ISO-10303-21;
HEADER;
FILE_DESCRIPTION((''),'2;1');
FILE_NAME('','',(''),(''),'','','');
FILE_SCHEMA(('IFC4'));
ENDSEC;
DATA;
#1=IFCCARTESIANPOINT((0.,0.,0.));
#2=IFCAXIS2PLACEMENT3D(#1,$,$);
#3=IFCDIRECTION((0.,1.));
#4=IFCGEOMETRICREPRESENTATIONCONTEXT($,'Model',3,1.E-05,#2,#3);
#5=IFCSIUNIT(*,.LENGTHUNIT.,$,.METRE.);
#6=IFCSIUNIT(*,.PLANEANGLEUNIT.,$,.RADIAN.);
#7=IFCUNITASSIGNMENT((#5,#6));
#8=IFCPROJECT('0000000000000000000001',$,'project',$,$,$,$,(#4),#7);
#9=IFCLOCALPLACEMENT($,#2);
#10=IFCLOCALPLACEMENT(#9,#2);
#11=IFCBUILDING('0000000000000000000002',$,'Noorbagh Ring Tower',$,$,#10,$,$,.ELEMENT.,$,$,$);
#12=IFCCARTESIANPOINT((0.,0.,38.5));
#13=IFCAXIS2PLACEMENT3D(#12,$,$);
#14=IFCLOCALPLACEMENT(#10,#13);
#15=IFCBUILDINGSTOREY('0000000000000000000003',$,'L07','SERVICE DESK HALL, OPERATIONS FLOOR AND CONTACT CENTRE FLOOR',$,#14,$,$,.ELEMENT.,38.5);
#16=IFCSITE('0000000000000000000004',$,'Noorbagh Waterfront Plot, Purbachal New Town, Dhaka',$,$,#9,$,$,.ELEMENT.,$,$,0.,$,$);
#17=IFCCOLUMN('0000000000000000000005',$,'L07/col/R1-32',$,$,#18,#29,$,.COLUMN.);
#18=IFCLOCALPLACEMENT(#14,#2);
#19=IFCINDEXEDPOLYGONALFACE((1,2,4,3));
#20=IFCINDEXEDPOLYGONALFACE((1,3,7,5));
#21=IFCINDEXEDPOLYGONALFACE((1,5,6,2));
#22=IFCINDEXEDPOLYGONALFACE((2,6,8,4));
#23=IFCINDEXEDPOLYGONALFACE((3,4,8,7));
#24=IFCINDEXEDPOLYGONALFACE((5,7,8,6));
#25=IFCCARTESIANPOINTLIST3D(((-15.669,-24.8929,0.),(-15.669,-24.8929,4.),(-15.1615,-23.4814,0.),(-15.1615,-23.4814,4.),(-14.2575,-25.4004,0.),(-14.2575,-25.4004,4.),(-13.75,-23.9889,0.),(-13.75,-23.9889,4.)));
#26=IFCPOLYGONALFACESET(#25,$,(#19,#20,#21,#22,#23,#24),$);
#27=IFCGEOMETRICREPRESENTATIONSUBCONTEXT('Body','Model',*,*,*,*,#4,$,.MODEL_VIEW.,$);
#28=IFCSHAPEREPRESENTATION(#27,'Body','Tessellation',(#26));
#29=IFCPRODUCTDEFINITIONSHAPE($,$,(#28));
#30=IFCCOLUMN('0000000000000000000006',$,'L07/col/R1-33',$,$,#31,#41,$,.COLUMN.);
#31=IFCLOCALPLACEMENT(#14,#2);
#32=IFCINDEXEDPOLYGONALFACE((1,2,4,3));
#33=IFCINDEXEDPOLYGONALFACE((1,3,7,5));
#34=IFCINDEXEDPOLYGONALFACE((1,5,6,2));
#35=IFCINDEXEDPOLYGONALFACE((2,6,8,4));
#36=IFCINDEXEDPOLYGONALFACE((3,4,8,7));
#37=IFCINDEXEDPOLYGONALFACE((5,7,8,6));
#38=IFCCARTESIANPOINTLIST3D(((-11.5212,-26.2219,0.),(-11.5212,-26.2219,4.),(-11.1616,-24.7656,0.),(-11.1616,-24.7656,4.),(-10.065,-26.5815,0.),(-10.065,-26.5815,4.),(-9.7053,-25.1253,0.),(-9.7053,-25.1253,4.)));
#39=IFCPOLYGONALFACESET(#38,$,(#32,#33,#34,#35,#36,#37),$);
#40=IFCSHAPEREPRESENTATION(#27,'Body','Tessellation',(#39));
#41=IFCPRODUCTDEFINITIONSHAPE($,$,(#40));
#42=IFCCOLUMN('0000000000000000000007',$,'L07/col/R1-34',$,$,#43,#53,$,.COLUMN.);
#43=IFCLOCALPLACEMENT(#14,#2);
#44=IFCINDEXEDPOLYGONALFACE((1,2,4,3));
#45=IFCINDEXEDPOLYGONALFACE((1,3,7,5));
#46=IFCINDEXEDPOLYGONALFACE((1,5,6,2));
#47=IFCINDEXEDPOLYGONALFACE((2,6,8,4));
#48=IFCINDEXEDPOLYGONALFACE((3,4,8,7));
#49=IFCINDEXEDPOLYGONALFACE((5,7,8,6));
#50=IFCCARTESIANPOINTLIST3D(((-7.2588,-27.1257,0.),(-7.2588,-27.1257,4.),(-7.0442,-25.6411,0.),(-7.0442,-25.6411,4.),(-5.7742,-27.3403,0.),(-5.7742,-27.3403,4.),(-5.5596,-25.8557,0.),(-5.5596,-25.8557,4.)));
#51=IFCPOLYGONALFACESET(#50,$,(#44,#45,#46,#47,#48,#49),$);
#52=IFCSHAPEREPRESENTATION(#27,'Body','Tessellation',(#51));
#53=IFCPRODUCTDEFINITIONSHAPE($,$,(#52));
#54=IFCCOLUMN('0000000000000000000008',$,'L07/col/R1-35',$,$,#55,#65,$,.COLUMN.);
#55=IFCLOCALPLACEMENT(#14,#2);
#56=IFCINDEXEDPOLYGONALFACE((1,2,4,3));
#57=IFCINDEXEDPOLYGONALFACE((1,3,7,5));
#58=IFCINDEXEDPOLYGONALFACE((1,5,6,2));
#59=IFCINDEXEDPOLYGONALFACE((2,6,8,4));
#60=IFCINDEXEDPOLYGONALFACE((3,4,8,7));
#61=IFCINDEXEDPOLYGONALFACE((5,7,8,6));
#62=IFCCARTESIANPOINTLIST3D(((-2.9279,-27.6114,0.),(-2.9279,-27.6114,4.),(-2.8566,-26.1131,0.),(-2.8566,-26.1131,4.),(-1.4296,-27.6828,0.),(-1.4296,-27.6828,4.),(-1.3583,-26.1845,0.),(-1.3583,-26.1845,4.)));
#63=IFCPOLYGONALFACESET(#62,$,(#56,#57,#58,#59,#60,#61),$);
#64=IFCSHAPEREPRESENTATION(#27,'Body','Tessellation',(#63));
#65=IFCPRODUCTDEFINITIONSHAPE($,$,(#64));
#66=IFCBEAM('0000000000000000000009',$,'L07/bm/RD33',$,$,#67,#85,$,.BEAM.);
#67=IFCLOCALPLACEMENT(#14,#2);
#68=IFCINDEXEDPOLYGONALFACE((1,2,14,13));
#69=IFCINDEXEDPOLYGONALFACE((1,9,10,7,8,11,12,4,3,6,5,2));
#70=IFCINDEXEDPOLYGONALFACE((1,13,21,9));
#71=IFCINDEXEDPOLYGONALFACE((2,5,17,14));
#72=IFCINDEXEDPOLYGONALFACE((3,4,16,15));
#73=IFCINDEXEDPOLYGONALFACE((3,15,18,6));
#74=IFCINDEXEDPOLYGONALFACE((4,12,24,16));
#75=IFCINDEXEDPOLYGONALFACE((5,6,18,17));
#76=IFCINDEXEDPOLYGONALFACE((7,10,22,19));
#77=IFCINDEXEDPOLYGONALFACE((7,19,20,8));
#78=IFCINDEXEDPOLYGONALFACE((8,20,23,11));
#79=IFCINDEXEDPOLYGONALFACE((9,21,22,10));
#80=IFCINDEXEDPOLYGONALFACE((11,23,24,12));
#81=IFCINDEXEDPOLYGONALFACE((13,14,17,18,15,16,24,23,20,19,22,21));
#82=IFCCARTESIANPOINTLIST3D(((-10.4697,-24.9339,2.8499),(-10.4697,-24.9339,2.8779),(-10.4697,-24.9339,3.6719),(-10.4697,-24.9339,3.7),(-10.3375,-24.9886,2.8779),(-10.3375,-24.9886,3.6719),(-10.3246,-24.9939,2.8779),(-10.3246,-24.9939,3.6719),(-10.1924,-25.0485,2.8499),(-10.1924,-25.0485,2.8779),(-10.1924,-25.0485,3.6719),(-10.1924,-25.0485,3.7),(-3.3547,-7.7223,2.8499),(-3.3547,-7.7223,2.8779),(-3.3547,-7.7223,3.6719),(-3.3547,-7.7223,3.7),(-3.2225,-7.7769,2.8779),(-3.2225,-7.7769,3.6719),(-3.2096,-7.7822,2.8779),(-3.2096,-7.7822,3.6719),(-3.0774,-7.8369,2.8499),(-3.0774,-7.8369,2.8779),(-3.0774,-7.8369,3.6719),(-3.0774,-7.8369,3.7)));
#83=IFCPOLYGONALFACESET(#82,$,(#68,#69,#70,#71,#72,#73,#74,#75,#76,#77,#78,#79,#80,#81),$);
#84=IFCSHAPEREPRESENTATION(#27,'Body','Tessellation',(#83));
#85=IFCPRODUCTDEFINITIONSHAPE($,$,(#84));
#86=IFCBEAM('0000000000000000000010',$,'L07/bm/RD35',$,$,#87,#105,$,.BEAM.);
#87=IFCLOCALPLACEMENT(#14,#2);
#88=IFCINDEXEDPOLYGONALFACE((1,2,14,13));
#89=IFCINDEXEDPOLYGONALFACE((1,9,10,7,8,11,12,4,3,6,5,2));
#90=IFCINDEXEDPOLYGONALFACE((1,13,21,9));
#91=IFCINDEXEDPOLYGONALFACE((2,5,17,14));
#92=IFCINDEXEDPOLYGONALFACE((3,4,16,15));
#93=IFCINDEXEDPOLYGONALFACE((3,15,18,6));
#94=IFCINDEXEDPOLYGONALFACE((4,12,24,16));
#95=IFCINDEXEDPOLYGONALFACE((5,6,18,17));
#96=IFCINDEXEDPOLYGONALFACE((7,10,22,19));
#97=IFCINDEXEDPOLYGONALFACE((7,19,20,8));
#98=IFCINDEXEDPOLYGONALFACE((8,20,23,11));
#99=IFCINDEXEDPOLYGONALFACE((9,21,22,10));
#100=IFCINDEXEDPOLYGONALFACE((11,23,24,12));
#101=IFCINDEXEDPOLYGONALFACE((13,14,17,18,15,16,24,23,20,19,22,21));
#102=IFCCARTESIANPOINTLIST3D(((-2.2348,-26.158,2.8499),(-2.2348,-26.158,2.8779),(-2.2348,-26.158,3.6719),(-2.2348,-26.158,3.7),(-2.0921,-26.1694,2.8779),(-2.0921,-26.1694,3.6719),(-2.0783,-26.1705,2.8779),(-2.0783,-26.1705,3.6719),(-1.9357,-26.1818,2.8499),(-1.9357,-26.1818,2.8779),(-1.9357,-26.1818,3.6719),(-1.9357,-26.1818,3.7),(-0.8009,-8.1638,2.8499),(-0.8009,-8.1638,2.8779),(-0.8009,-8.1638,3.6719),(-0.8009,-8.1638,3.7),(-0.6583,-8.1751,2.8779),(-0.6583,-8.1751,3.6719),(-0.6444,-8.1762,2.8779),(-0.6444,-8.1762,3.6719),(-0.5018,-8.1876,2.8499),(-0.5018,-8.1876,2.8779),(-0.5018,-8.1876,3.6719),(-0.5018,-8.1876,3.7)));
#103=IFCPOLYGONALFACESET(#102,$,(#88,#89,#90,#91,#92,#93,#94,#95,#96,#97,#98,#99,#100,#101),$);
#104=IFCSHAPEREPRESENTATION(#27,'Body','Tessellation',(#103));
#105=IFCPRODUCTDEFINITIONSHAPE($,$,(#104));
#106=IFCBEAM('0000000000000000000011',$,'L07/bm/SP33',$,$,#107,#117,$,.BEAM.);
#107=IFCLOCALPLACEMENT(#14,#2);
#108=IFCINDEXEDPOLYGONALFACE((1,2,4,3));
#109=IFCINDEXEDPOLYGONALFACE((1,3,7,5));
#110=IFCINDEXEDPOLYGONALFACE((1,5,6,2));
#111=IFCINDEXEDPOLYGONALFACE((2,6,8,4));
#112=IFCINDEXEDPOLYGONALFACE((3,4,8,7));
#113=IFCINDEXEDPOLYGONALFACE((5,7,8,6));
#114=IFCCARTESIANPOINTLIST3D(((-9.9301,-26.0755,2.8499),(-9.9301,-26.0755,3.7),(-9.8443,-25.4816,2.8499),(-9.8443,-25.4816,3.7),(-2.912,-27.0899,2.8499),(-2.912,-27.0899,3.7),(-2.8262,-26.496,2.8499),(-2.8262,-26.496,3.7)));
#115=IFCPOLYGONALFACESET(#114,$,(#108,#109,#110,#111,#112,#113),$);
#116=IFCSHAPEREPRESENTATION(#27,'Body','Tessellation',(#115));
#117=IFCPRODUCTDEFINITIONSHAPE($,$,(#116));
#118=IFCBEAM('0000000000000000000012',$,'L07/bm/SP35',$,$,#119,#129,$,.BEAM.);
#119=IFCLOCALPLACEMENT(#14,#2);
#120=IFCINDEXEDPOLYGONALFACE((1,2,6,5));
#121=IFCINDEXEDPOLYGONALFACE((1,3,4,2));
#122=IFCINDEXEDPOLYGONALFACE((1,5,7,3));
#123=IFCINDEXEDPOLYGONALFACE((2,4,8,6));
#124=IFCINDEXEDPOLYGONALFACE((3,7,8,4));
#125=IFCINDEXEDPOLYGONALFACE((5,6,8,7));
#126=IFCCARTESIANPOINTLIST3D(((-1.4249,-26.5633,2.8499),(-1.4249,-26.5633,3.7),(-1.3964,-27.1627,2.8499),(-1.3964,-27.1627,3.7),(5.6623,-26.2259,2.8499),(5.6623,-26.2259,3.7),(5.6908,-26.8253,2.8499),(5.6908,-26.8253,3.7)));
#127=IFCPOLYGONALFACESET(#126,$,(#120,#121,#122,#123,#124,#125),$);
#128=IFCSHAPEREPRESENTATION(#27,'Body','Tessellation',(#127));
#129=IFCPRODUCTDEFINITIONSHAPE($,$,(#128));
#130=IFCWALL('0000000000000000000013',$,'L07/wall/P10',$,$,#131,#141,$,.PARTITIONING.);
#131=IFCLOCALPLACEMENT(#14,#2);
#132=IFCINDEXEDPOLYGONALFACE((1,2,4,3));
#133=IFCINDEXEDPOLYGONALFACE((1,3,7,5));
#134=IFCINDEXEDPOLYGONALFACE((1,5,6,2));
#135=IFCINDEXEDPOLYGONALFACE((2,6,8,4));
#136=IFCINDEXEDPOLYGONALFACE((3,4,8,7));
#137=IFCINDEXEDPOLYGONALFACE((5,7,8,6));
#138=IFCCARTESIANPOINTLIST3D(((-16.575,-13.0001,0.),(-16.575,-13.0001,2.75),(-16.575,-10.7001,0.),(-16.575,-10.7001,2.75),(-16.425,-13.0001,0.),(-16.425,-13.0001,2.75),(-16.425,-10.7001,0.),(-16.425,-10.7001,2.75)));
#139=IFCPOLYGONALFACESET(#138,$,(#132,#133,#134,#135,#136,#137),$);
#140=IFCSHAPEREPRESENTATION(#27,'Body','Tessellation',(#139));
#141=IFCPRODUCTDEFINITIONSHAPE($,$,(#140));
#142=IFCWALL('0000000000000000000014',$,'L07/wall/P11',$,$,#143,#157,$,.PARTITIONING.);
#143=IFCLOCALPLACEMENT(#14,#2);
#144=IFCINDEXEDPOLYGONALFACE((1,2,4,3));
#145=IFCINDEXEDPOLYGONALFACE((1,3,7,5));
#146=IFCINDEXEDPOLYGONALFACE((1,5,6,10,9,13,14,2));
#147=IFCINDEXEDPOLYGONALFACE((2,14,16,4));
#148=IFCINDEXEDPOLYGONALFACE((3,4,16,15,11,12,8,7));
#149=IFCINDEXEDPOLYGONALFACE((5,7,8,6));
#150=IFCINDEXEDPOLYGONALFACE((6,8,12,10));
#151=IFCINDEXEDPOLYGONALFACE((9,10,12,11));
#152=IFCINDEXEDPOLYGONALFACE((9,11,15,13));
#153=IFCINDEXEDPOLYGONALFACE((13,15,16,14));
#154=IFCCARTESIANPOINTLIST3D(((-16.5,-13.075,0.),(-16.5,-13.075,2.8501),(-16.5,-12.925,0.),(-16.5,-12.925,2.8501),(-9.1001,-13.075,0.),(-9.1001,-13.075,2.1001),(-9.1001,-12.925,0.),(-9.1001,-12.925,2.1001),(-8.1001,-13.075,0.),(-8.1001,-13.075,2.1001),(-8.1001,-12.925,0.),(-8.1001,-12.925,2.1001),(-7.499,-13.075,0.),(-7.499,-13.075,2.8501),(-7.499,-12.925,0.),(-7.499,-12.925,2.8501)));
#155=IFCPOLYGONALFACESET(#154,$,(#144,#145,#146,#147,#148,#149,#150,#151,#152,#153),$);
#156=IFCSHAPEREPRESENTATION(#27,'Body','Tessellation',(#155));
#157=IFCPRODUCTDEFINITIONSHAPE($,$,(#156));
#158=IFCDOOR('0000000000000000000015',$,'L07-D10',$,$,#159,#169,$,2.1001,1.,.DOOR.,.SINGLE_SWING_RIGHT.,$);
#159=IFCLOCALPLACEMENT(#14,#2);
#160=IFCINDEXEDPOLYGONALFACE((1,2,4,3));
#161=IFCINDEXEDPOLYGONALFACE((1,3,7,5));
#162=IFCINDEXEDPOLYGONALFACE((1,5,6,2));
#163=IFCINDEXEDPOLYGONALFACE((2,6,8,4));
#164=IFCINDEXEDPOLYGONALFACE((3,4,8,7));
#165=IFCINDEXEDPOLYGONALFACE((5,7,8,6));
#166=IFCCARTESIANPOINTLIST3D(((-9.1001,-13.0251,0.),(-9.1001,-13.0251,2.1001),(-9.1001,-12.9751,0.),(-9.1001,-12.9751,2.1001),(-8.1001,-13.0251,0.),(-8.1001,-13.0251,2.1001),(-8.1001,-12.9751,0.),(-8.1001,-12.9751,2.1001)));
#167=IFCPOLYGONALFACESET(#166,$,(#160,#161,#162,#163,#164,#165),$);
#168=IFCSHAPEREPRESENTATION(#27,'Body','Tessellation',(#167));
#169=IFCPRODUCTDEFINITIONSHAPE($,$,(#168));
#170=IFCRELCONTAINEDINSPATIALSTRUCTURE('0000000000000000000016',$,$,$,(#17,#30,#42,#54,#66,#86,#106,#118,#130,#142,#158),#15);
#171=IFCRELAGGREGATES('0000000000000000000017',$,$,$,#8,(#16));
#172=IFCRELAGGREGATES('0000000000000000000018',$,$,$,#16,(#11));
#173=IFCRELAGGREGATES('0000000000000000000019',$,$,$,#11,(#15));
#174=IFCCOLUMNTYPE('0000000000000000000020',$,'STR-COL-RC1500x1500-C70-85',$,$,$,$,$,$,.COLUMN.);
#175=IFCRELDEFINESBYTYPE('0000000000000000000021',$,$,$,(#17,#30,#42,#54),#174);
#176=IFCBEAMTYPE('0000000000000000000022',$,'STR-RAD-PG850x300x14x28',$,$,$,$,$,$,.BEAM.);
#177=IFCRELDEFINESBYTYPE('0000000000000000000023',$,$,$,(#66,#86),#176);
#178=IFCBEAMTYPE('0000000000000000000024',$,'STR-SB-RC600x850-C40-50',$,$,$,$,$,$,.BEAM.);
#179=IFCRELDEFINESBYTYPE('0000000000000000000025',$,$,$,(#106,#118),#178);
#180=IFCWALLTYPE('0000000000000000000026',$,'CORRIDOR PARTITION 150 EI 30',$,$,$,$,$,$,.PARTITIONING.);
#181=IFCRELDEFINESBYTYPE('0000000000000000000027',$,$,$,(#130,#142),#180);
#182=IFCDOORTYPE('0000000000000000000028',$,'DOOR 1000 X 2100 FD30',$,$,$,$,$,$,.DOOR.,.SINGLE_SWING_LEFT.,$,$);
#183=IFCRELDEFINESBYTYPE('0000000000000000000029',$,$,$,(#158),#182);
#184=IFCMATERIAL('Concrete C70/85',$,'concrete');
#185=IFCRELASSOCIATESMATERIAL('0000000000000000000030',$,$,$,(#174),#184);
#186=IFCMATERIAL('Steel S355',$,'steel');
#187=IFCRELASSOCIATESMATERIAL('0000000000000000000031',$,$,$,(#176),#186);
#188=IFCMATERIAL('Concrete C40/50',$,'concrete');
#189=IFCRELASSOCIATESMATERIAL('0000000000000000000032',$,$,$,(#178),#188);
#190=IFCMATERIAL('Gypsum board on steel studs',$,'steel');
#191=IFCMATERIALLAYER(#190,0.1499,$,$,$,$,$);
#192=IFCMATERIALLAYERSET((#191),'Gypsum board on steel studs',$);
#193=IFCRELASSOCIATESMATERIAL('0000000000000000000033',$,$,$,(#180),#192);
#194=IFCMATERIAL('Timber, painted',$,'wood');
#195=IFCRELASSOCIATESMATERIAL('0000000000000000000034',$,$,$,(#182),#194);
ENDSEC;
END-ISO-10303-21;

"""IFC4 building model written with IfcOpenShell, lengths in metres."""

from ifc_helpers import new_model, si_unit, direction, frame, frame_2d, origin, origin_2d, place, context, subcontext, project, spatial, rectangle, i_section, extrude, material, layer, layer_set, material_profile, profile_set, type_object, element, fill, save


model = new_model("IFC4")

# Units and contexts
model_context = context("Model", 3, precision=1e-05, world=origin(), true_north=direction((0.0, 1.0)))
body_context = subcontext(model_context, "Body", "Model", "MODEL_VIEW")
ifc_project = project(units=[si_unit("LENGTHUNIT", "METRE"), si_unit("PLANEANGLEUNIT", "RADIAN")], contexts=[model_context])

# Site, building, storey
site_placement = place(None, origin())
site = spatial("IfcSite", under=ifc_project, at=site_placement, Name="Noorbagh Waterfront Plot, Purbachal New Town, Dhaka", CompositionType="ELEMENT", RefElevation=0.0)
building_placement = place(site_placement, origin())
building = spatial("IfcBuilding", under=site, at=building_placement, Name="Noorbagh Ring Tower", CompositionType="ELEMENT")
storey_placement = place(building_placement, frame((0.0, 0.0, 38.5)))
storey = spatial("IfcBuildingStorey", under=building, at=storey_placement, Name="L07", Description="SERVICE DESK HALL, OPERATIONS FLOOR AND CONTACT CENTRE FLOOR", CompositionType="ELEMENT", Elevation=38.5)

# Columns
ifc_material_1 = material(Name="Concrete C70/85", Category="concrete")
ifc_material_profile_1 = material_profile(ifc_material_1, rectangle(XDim=1.5, YDim=1.5, at=origin_2d()), Name="RC1500x1500")
ifc_profile_set_1 = profile_set([ifc_material_profile_1], Name="Concrete C70/85")
column_type = type_object("IfcColumnType", Name="STR-COL-RC1500x1500-C70-85", PredefinedType="COLUMN", material=ifc_profile_set_1)
for number, where, z_axis, x_axis, name in (
    (1, (-14.7095, -24.4409, 0.0), (0.0, 0.0, 1.0), (0.941025, -0.338338, 0.0), "L07/col/R1-32"),
    (2, (-10.6133, -25.6736, 0.0), (0.0, 0.0, 1.0), (0.970829, -0.239771, 0.0), "L07/col/R1-33"),
    (3, (-6.4092, -26.4907, 0.0), (0.0, 0.0, 1.0), (0.989713, -0.143066, 0.0), "L07/col/R1-34"),
    (4, (-2.1431, -26.8979, 0.0), (0.0, 0.0, 1.0), (0.998869, -0.047553, 0.0), "L07/col/R1-35"),
):
    element("IfcColumn", number, at=place(storey_placement, frame(where, z_axis=z_axis, x_axis=x_axis)), inside=storey, type_object=column_type, Name=name, PredefinedType="COLUMN", context=body_context, shape_type="SweptSolid", body=[
        extrude(rectangle(XDim=1.5, YDim=1.5, at=origin_2d()), origin(), (0.0, 0.0, 1.0), 4.0),
    ])

# Beams
ifc_material_2 = material(Name="Steel S355", Category="steel")
ifc_material_profile_2 = material_profile(ifc_material_2, i_section(OverallWidth=0.3, OverallDepth=0.8501, WebThickness=0.0139, FlangeThickness=0.0281, at=origin_2d()), Name="PG850x300x14x28")
ifc_profile_set_2 = profile_set([ifc_material_profile_2], Name="Steel S355")
beam_type_1 = type_object("IfcBeamType", Name="STR-RAD-PG850x300x14x28", PredefinedType="BEAM", material=ifc_profile_set_2)
beam_1_placement = place(storey_placement, frame((-10.3311, -24.9912, 3.2749), z_axis=(0.382027, 0.924151, 0.0), x_axis=(-0.924151, 0.382027, 0.0)))
element("IfcBeam", 5, at=beam_1_placement, inside=storey, type_object=beam_type_1, Name="L07/bm/RD33", PredefinedType="BEAM", context=body_context, shape_type="SweptSolid", body=[
    extrude(i_section(OverallWidth=0.3, OverallDepth=0.8501, WebThickness=0.0139, FlangeThickness=0.0281, at=origin_2d()), origin(), (0.0, 0.0, 1.0), 18.6243),
])
beam_2_placement = place(storey_placement, frame((-2.0852, -26.1699, 3.2749), z_axis=(0.079432, 0.99684, 0.0), x_axis=(-0.99684, 0.079432, 0.0)))
element("IfcBeam", 6, at=beam_2_placement, inside=storey, type_object=beam_type_1, Name="L07/bm/RD35", PredefinedType="BEAM", context=body_context, shape_type="SweptSolid", body=[
    extrude(i_section(OverallWidth=0.3, OverallDepth=0.8501, WebThickness=0.0139, FlangeThickness=0.0281, at=origin_2d()), origin(), (0.0, 0.0, 1.0), 18.0513),
])
ifc_material_3 = material(Name="Concrete C40/50", Category="concrete")
ifc_material_profile_3 = material_profile(ifc_material_3, rectangle(XDim=0.6001, YDim=0.8501, at=origin_2d()), Name="RC600x850")
ifc_profile_set_3 = profile_set([ifc_material_profile_3], Name="Concrete C40/50")
beam_type_2 = type_object("IfcBeamType", Name="STR-SB-RC600x850-C40-50", PredefinedType="BEAM", material=ifc_profile_set_3)
beam_3_placement = place(storey_placement, frame((-9.8872, -25.7786, 3.2749), z_axis=(0.989715, -0.143055, 0.0), x_axis=(0.143055, 0.989715, 0.0)))
element("IfcBeam", 7, at=beam_3_placement, inside=storey, type_object=beam_type_2, Name="L07/bm/SP33", PredefinedType="BEAM", context=body_context, shape_type="SweptSolid", body=[
    extrude(rectangle(XDim=0.6001, YDim=0.8501, at=origin_2d()), origin(), (0.0, 0.0, 1.0), 7.0911),
])
beam_4_placement = place(storey_placement, frame((-1.4106, -26.863, 3.2749), z_axis=(0.998869, 0.047554, 0.0), x_axis=(-0.047554, 0.998869, 0.0)))
element("IfcBeam", 8, at=beam_4_placement, inside=storey, type_object=beam_type_2, Name="L07/bm/SP35", PredefinedType="BEAM", context=body_context, shape_type="SweptSolid", body=[
    extrude(rectangle(XDim=0.6001, YDim=0.8501, at=origin_2d()), origin(), (0.0, 0.0, 1.0), 7.0952),
])

# Wall
ifc_material_4 = material(Name="Gypsum board on steel studs", Category="steel")
ifc_layer_1 = layer(ifc_material_4, 0.1499)
ifc_layer_set_1 = layer_set([ifc_layer_1], Name="Gypsum board on steel studs")
wall_type_1 = type_object("IfcWallType", Name="CORRIDOR PARTITION 150 EI 30", PredefinedType="PARTITIONING", material=ifc_layer_set_1)
wall_1_placement = place(storey_placement, frame((-16.5, -13.0, 0.0), z_axis=(0.0, 0.0, 1.0), x_axis=(0.0, 1.0, 0.0)))
element("IfcWall", 9, at=wall_1_placement, inside=storey, type_object=wall_type_1, Name="L07/wall/P10", PredefinedType="PARTITIONING", context=body_context, shape_type="SweptSolid", body=[
    extrude(rectangle(XDim=2.3, YDim=0.1499, at=frame_2d((1.1499, 0.0))), origin(), (0.0, 0.0, 1.0), 2.75),
])

# Wall, opening, door
wall_2_placement = place(storey_placement, frame((-16.5, -13.0, 0.0), z_axis=(0.0, 0.0, 1.0), x_axis=(1.0, 0.0, 0.0)))
wall_2 = element("IfcWall", 10, at=wall_2_placement, inside=storey, type_object=wall_type_1, Name="L07/wall/P11", PredefinedType="PARTITIONING", context=body_context, shape_type="SweptSolid", body=[
    extrude(rectangle(XDim=9.001, YDim=0.1499, at=frame_2d((4.5005, 0.0))), origin(), (0.0, 0.0, 1.0), 2.8501),
])
opening_1_placement = place(wall_2_placement, frame((7.3999, 0.0, 0.0)))
opening_1 = element("IfcOpeningElement", 11, at=opening_1_placement, cuts=wall_2, PredefinedType="OPENING", context=body_context, shape_type="SweptSolid", body=[
    extrude(rectangle(XDim=1.0, YDim=2.1001, at=frame_2d((0.5, 1.05))), frame((0.0, 0.085, 0.0), z_axis=(0.0, -1.0, 0.0), x_axis=(1.0, 0.0, 0.0)), (0.0, 0.0, 1.0), 0.1699),
])
ifc_material_5 = material(Name="Timber, painted", Category="wood")
door_type = type_object("IfcDoorType", Name="DOOR 1000 X 2100 FD30", OperationType="SINGLE_SWING_LEFT", PredefinedType="DOOR", material=ifc_material_5)
door_1_placement = place(opening_1_placement, origin())
door_1 = element("IfcDoor", 12, at=door_1_placement, inside=storey, type_object=door_type, Name="L07-D10", OperationType="SINGLE_SWING_RIGHT", OverallHeight=2.1001, OverallWidth=1.0, PredefinedType="DOOR", context=body_context, shape_type="SweptSolid", body=[
    extrude(rectangle(XDim=1.0, YDim=2.1001, at=frame_2d((0.5, 1.05))), frame((0.0, 0.0249, 0.0), z_axis=(0.0, -1.0, 0.0), x_axis=(1.0, 0.0, 0.0)), (0.0, 0.0, 1.0), 0.05),
])
fill(opening_1, door_1)

save(model, "model.ifc")
